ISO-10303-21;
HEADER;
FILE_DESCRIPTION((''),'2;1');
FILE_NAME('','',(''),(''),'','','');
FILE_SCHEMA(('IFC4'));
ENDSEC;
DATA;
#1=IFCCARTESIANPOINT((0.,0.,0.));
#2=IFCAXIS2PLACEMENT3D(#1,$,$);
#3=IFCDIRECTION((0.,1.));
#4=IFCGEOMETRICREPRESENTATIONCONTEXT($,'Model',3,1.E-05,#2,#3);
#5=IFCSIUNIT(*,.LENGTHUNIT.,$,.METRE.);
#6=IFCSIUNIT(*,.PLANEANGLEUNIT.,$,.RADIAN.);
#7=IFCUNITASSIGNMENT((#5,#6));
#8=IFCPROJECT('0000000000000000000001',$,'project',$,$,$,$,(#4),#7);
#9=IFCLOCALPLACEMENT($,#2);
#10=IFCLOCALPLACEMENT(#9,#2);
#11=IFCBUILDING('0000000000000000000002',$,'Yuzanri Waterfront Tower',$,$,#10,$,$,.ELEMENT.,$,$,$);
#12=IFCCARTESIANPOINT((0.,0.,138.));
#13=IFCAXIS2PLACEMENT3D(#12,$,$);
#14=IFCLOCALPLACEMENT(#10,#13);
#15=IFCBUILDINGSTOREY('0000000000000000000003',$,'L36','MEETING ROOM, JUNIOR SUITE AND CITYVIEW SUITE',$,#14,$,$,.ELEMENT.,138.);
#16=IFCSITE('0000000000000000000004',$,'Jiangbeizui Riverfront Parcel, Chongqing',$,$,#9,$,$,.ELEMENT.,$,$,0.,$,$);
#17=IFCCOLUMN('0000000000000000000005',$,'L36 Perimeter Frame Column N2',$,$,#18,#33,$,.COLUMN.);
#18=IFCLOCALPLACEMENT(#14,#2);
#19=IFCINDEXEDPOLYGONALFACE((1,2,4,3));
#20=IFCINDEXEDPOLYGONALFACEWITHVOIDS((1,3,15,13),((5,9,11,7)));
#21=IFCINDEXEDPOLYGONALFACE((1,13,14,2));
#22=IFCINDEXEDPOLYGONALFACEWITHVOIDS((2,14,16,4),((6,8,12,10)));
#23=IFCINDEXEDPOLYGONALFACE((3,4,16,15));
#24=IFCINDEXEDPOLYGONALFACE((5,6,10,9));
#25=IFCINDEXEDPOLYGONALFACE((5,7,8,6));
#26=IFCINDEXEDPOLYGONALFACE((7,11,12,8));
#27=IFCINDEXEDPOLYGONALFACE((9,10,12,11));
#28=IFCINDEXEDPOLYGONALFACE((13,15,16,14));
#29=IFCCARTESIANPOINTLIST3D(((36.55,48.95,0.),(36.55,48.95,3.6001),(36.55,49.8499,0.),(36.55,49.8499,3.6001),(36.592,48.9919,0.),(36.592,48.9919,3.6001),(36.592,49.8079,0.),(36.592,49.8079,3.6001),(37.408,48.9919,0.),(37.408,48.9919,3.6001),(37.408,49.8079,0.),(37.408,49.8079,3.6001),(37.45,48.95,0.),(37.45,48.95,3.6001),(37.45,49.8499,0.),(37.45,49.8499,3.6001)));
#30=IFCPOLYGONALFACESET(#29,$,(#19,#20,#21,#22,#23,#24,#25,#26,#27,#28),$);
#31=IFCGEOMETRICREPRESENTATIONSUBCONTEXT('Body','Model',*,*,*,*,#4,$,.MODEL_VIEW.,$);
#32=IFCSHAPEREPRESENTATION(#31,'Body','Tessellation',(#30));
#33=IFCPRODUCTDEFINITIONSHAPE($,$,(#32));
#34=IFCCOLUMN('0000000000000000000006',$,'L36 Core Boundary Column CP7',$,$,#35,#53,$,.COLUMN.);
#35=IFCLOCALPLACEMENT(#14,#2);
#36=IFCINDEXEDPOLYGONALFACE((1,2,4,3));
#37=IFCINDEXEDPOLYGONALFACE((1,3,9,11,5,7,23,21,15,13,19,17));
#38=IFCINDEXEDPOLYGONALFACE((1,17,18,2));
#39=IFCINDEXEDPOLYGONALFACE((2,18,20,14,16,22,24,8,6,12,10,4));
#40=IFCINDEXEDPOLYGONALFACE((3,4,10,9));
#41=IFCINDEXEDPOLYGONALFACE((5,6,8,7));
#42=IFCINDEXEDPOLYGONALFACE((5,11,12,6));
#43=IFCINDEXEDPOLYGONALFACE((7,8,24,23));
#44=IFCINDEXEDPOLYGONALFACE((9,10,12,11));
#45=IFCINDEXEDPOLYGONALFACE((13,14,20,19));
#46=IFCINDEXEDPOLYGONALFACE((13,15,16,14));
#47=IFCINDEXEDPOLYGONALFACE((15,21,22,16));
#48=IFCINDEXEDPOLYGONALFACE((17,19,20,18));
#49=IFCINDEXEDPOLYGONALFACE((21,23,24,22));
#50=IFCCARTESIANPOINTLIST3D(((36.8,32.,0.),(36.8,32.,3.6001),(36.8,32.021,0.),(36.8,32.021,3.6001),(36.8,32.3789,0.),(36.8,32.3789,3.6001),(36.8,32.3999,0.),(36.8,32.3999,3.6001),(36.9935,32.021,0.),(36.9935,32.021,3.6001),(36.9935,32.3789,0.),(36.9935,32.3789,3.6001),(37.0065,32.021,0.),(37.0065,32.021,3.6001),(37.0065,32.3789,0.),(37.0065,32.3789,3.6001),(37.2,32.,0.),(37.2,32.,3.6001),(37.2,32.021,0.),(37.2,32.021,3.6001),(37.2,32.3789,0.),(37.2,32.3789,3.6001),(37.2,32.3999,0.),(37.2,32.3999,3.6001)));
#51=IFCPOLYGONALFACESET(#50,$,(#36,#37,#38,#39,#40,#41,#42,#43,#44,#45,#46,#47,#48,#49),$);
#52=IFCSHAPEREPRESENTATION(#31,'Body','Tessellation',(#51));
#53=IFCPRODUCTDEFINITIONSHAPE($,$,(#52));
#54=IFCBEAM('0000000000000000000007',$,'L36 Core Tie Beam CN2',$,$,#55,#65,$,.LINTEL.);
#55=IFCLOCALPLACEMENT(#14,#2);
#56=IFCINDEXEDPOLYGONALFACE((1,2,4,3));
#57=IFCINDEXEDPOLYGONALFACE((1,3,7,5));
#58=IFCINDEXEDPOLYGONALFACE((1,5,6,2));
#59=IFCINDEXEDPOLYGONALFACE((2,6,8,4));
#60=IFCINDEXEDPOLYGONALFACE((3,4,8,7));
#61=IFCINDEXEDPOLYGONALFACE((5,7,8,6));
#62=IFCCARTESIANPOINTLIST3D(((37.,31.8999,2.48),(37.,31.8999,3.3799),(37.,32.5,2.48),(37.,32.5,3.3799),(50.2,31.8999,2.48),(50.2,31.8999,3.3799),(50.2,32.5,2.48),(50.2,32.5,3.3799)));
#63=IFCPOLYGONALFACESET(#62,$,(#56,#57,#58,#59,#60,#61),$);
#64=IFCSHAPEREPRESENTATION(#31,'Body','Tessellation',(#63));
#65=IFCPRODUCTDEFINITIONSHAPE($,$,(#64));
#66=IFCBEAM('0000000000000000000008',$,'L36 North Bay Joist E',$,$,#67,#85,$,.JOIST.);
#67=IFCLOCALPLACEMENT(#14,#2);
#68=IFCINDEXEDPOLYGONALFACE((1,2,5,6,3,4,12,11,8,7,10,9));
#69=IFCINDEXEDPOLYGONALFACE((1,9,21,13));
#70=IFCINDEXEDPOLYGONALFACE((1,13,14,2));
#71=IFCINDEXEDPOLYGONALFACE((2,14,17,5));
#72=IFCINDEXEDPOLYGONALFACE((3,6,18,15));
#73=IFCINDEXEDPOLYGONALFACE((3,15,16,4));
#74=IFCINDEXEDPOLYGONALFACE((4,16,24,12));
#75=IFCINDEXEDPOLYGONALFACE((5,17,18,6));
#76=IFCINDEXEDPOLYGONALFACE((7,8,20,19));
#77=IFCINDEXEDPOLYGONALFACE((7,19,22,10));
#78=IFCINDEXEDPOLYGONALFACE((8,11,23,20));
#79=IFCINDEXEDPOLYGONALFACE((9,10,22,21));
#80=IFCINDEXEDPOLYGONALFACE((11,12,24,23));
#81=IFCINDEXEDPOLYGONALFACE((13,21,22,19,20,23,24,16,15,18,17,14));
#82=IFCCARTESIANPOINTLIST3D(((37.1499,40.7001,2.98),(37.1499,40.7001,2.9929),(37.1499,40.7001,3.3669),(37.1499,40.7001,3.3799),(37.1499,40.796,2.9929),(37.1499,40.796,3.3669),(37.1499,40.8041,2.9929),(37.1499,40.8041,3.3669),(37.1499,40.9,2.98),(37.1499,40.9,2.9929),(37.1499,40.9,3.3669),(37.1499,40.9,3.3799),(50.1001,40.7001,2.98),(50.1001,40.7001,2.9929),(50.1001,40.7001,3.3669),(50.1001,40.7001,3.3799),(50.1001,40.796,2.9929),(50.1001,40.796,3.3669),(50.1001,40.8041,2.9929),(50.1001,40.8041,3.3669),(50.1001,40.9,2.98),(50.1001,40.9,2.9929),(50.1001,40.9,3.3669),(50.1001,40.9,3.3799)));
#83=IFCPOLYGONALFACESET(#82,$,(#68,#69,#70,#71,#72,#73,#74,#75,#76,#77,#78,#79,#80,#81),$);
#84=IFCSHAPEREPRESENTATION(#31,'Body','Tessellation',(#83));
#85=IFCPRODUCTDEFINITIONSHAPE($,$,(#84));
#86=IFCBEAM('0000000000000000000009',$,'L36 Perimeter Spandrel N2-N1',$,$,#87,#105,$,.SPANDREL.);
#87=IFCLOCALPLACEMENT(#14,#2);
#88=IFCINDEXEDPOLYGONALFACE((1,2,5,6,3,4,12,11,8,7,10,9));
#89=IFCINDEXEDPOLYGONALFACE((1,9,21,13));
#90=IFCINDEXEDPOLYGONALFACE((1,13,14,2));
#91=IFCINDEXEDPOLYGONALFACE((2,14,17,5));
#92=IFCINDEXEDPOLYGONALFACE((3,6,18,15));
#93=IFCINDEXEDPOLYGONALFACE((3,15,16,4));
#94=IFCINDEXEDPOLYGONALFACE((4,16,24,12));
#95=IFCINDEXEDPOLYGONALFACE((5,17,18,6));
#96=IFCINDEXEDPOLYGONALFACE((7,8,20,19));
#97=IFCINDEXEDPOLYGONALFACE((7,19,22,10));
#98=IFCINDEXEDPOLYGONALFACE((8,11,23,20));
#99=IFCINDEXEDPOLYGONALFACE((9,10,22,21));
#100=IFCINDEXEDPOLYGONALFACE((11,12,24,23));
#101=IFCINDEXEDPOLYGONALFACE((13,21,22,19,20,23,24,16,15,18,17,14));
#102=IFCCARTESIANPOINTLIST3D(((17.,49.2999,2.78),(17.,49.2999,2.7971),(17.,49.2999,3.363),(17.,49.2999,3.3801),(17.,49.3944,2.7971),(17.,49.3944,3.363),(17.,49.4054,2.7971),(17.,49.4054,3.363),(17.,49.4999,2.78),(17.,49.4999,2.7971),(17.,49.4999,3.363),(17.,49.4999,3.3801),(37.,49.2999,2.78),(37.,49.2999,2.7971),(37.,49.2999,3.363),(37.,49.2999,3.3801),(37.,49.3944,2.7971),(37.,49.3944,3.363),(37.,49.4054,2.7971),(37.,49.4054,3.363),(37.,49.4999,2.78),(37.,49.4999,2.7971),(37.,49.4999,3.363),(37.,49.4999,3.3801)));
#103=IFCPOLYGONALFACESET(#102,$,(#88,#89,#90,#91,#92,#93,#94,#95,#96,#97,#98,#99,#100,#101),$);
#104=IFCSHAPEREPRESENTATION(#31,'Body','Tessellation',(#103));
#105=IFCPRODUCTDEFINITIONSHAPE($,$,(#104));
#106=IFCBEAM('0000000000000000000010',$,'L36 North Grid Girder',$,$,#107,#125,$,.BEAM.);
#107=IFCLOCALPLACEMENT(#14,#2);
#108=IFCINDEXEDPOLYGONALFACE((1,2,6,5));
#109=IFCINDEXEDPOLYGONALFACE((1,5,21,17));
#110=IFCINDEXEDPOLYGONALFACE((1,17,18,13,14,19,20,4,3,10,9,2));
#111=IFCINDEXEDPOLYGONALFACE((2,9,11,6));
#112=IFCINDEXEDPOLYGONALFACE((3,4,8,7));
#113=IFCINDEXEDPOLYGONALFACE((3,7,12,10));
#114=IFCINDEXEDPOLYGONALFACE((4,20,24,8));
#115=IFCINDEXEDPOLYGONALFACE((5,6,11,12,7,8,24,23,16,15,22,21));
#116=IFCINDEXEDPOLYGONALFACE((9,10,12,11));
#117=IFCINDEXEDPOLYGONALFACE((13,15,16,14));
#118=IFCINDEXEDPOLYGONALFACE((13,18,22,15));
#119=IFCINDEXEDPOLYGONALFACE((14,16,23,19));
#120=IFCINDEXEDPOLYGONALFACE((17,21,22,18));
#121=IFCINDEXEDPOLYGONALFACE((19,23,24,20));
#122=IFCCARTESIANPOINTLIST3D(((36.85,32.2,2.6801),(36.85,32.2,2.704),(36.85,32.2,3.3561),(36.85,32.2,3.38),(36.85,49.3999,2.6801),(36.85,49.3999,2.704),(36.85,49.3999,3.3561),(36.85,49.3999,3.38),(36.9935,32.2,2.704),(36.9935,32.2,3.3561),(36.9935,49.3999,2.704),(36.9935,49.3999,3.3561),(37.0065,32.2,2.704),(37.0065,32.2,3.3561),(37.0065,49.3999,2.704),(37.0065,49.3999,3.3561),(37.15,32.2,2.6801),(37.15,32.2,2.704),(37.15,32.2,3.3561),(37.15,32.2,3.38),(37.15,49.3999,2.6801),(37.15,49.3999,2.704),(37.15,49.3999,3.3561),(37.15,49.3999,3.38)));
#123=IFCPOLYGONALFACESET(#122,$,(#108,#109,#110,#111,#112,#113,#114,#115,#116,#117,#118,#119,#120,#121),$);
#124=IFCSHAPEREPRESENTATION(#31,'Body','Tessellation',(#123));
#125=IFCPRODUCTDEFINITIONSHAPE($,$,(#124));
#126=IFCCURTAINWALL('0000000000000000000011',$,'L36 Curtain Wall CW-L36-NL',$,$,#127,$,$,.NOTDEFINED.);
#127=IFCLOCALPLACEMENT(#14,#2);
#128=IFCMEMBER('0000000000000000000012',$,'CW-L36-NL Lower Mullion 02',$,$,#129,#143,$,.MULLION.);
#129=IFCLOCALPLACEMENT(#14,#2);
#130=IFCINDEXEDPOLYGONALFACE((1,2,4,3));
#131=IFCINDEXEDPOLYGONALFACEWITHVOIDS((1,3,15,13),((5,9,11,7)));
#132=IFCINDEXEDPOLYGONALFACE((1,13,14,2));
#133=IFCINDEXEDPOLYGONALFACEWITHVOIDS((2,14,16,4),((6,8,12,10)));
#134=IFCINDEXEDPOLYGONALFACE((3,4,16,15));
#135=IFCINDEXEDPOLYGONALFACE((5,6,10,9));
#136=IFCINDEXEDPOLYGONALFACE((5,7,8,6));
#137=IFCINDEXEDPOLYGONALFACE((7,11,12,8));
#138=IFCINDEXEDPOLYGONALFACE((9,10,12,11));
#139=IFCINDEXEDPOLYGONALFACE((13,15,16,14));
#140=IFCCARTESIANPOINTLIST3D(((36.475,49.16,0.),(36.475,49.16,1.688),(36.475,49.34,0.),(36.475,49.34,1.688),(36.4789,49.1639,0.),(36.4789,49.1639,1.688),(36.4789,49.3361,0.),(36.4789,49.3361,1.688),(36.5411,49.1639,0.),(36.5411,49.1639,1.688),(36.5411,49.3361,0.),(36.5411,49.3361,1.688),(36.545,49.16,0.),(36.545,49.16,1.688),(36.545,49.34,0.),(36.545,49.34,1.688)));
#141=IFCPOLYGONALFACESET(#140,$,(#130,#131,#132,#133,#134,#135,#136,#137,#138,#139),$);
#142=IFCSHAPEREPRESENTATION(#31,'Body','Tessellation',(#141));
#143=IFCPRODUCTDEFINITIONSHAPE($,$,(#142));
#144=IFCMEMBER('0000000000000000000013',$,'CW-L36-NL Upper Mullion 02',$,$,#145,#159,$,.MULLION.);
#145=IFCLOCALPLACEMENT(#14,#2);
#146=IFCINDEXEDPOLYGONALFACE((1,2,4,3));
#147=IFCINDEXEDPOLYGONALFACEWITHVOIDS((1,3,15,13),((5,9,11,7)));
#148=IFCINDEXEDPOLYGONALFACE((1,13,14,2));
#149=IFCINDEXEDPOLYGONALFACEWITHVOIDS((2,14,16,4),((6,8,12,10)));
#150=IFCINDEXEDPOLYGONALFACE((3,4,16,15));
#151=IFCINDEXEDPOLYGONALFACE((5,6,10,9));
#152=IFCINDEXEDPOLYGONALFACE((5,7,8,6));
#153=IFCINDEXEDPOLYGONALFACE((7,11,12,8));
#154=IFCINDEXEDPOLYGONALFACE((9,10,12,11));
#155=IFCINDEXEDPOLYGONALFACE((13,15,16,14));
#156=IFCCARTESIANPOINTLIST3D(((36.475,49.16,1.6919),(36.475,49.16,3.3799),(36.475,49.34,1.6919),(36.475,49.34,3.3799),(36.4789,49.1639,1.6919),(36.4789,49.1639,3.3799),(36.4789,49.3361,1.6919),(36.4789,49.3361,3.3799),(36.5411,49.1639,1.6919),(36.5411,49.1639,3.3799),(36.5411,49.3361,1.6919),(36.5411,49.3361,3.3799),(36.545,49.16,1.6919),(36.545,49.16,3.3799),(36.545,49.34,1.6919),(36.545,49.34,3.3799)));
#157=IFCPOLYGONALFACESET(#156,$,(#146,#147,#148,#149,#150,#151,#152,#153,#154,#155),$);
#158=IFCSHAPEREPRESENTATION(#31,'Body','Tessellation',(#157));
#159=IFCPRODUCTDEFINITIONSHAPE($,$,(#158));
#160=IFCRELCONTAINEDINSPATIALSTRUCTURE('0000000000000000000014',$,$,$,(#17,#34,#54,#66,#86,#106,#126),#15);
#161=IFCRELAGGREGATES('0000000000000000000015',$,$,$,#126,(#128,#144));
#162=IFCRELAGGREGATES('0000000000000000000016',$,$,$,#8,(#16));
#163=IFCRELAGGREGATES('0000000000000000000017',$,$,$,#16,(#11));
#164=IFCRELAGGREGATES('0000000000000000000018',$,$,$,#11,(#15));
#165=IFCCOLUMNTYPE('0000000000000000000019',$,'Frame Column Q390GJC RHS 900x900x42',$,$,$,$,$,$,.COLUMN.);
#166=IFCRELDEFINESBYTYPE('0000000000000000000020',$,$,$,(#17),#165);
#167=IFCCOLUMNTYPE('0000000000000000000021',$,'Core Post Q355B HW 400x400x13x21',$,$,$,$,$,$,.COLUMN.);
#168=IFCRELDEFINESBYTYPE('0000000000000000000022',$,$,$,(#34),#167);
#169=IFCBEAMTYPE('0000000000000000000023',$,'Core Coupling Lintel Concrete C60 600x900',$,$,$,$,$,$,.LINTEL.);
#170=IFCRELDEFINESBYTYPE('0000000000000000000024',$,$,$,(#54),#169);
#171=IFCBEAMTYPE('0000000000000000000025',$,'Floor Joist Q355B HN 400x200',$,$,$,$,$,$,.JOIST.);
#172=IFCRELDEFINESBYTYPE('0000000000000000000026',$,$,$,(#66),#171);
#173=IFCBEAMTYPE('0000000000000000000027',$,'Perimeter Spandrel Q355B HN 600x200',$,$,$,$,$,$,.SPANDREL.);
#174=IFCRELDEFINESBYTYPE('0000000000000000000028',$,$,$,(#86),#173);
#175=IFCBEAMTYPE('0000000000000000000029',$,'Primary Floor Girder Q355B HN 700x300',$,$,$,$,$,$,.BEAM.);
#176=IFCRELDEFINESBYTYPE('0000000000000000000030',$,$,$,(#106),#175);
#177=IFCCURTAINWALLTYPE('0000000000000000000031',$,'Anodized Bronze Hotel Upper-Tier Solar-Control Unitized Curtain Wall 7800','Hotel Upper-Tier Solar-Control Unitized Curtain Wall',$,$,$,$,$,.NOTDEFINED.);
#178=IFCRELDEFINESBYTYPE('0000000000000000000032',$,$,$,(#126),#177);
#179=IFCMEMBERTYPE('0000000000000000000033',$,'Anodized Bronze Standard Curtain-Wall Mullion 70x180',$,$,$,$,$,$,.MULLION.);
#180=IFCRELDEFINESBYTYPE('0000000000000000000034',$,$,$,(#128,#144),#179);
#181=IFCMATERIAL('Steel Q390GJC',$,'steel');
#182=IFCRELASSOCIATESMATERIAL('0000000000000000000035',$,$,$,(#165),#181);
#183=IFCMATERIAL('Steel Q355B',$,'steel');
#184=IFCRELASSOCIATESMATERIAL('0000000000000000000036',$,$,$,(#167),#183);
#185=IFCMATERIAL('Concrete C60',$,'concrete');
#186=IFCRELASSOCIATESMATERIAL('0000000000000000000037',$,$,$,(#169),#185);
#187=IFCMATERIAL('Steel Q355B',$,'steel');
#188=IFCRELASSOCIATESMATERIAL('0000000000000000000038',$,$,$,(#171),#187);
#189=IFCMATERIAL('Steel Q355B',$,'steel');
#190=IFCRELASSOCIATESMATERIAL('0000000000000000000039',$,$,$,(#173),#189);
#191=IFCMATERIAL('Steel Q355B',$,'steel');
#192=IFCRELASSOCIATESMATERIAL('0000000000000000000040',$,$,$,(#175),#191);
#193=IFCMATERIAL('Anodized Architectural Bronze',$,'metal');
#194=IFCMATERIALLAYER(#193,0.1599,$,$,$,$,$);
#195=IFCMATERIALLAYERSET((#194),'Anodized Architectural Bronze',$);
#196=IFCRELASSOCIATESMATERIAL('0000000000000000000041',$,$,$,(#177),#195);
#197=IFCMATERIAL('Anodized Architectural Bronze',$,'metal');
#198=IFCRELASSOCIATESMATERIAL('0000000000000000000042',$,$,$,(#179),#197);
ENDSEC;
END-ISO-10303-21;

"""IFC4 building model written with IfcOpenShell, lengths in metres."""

from ifc_helpers import new_model, si_unit, direction, frame, origin, origin_2d, place, context, subcontext, project, spatial, rectangle, hollow_rectangle, i_section, extrude, source, transform, mapped, material, layer, layer_set, material_profile, profile_set, type_object, element, aggregate, save


model = new_model("IFC4")

# Units and contexts
model_context = context("Model", 3, precision=1e-05, world=origin(), true_north=direction((0.0, 1.0)))
body_context = subcontext(model_context, "Body", "Model", "MODEL_VIEW")
ifc_project = project(units=[si_unit("LENGTHUNIT", "METRE"), si_unit("PLANEANGLEUNIT", "RADIAN")], contexts=[model_context])

# Site, building, storey
site_placement = place(None, origin())
site = spatial("IfcSite", under=ifc_project, at=site_placement, Name="Jiangbeizui Riverfront Parcel, Chongqing", CompositionType="ELEMENT", RefElevation=0.0)
building_placement = place(site_placement, origin())
building = spatial("IfcBuilding", under=site, at=building_placement, Name="Yuzanri Waterfront Tower", CompositionType="ELEMENT")
storey_placement = place(building_placement, frame((0.0, 0.0, 138.0)))
storey = spatial("IfcBuildingStorey", under=building, at=storey_placement, Name="L36", Description="MEETING ROOM, JUNIOR SUITE AND CITYVIEW SUITE", CompositionType="ELEMENT", Elevation=138.0)

# Columns
ifc_material_1 = material(Name="Steel Q390GJC", Category="steel")
ifc_material_profile_1 = material_profile(ifc_material_1, hollow_rectangle(XDim=0.8999, YDim=0.8999, WallThickness=0.042, at=origin_2d()), Name="RHS 900x900x42")
ifc_profile_set_1 = profile_set([ifc_material_profile_1], Name="Steel Q390GJC")
column_type_1 = type_object("IfcColumnType", Name="Frame Column Q390GJC RHS 900x900x42", PredefinedType="COLUMN", material=ifc_profile_set_1)
shared_shape_1 = source(origin(), body_context, "Body", "SweptSolid", [
    extrude(hollow_rectangle(XDim=0.8999, YDim=0.8999, WallThickness=0.042, at=origin_2d()), origin(), (0.0, 0.0, 1.0), 3.6001),
])
column_1_placement = place(storey_placement, frame((37.0, 49.3999, 0.0), z_axis=(0.0, 0.0, 1.0), x_axis=(1.0, 0.0, 0.0)))
element("IfcColumn", 1, at=column_1_placement, inside=storey, type_object=column_type_1, Name="L36 Perimeter Frame Column N2", PredefinedType="COLUMN", context=body_context, shape_type="MappedRepresentation", body=[
    mapped(shared_shape_1, transform((0.0, 0.0, 0.0), scale=1.0)),
])
ifc_material_2 = material(Name="Steel Q355B", Category="steel")
ifc_material_profile_2 = material_profile(ifc_material_2, i_section(OverallWidth=0.3999, OverallDepth=0.3999, WebThickness=0.0129, FlangeThickness=0.021, at=origin_2d()), Name="HW 400x400x13x21")
ifc_profile_set_2 = profile_set([ifc_material_profile_2], Name="Steel Q355B")
column_type_2 = type_object("IfcColumnType", Name="Core Post Q355B HW 400x400x13x21", PredefinedType="COLUMN", material=ifc_profile_set_2)
shared_shape_2 = source(origin(), body_context, "Body", "SweptSolid", [
    extrude(i_section(OverallWidth=0.3999, OverallDepth=0.3999, WebThickness=0.0129, FlangeThickness=0.021, at=origin_2d()), origin(), (0.0, 0.0, 1.0), 3.6001),
])
column_2_placement = place(storey_placement, frame((37.0, 32.2, 0.0), z_axis=(0.0, 0.0, 1.0), x_axis=(1.0, 0.0, 0.0)))
element("IfcColumn", 2, at=column_2_placement, inside=storey, type_object=column_type_2, Name="L36 Core Boundary Column CP7", PredefinedType="COLUMN", context=body_context, shape_type="MappedRepresentation", body=[
    mapped(shared_shape_2, transform((0.0, 0.0, 0.0), scale=1.0)),
])

# Beams
ifc_material_3 = material(Name="Concrete C60", Category="concrete")
ifc_material_profile_3 = material_profile(ifc_material_3, rectangle(XDim=0.6001, YDim=0.8999, at=origin_2d()), Name="RC 600x900")
ifc_profile_set_3 = profile_set([ifc_material_profile_3], Name="Concrete C60")
beam_type_1 = type_object("IfcBeamType", Name="Core Coupling Lintel Concrete C60 600x900", PredefinedType="LINTEL", material=ifc_profile_set_3)
shared_shape_3 = source(origin(), body_context, "Body", "SweptSolid", [
    extrude(rectangle(XDim=0.6001, YDim=0.8999, at=origin_2d()), origin(), (0.0, 0.0, 1.0), 13.2),
])
beam_1_placement = place(storey_placement, frame((37.0, 32.2, 2.9299), z_axis=(1.0, 0.0, 0.0), x_axis=(0.0, 1.0, 0.0)))
element("IfcBeam", 3, at=beam_1_placement, inside=storey, type_object=beam_type_1, Name="L36 Core Tie Beam CN2", PredefinedType="LINTEL", context=body_context, shape_type="MappedRepresentation", body=[
    mapped(shared_shape_3, transform((0.0, 0.0, 0.0), scale=1.0)),
])
ifc_material_4 = material(Name="Steel Q355B", Category="steel")
ifc_material_profile_4 = material_profile(ifc_material_4, i_section(OverallWidth=0.2, OverallDepth=0.3999, WebThickness=0.0081, FlangeThickness=0.0129, at=origin_2d()), Name="HN 400x200x8x13")
ifc_profile_set_4 = profile_set([ifc_material_profile_4], Name="Steel Q355B")
beam_type_2 = type_object("IfcBeamType", Name="Floor Joist Q355B HN 400x200", PredefinedType="JOIST", material=ifc_profile_set_4)
shared_shape_4 = source(origin(), body_context, "Body", "SweptSolid", [
    extrude(i_section(OverallWidth=0.2, OverallDepth=0.3999, WebThickness=0.0081, FlangeThickness=0.0129, at=origin_2d()), origin(), (0.0, 0.0, 1.0), 12.9502),
])
beam_2_placement = place(storey_placement, frame((37.1499, 40.8, 3.1799), z_axis=(1.0, 0.0, 0.0), x_axis=(0.0, 1.0, 0.0)))
element("IfcBeam", 4, at=beam_2_placement, inside=storey, type_object=beam_type_2, Name="L36 North Bay Joist E", PredefinedType="JOIST", context=body_context, shape_type="MappedRepresentation", body=[
    mapped(shared_shape_4, transform((0.0, 0.0, 0.0), scale=1.0)),
])
ifc_material_5 = material(Name="Steel Q355B", Category="steel")
ifc_material_profile_5 = material_profile(ifc_material_5, i_section(OverallWidth=0.2, OverallDepth=0.6001, WebThickness=0.011, FlangeThickness=0.0171, at=origin_2d()), Name="HN 600x200x11x17")
ifc_profile_set_5 = profile_set([ifc_material_profile_5], Name="Steel Q355B")
beam_type_3 = type_object("IfcBeamType", Name="Perimeter Spandrel Q355B HN 600x200", PredefinedType="SPANDREL", material=ifc_profile_set_5)
shared_shape_5 = source(origin(), body_context, "Body", "SweptSolid", [
    extrude(i_section(OverallWidth=0.2, OverallDepth=0.6001, WebThickness=0.011, FlangeThickness=0.0171, at=origin_2d()), origin(), (0.0, 0.0, 1.0), 20.0),
])
beam_3_placement = place(storey_placement, frame((37.0, 49.3999, 3.0801), z_axis=(-1.0, 0.0, 0.0), x_axis=(0.0, -1.0, 0.0)))
element("IfcBeam", 5, at=beam_3_placement, inside=storey, type_object=beam_type_3, Name="L36 Perimeter Spandrel N2-N1", PredefinedType="SPANDREL", context=body_context, shape_type="MappedRepresentation", body=[
    mapped(shared_shape_5, transform((0.0, 0.0, 0.0), scale=1.0)),
])
ifc_material_6 = material(Name="Steel Q355B", Category="steel")
ifc_material_profile_6 = material_profile(ifc_material_6, i_section(OverallWidth=0.3, OverallDepth=0.7, WebThickness=0.0129, FlangeThickness=0.0239, at=origin_2d()), Name="HN 700x300x13x24")
ifc_profile_set_6 = profile_set([ifc_material_profile_6], Name="Steel Q355B")
beam_type_4 = type_object("IfcBeamType", Name="Primary Floor Girder Q355B HN 700x300", PredefinedType="BEAM", material=ifc_profile_set_6)
shared_shape_6 = source(origin(), body_context, "Body", "SweptSolid", [
    extrude(i_section(OverallWidth=0.3, OverallDepth=0.7, WebThickness=0.0129, FlangeThickness=0.0239, at=origin_2d()), origin(), (0.0, 0.0, 1.0), 17.2),
])
beam_4_placement = place(storey_placement, frame((37.0, 32.2, 3.03), z_axis=(0.0, 1.0, 0.0), x_axis=(-1.0, 0.0, 0.0)))
element("IfcBeam", 6, at=beam_4_placement, inside=storey, type_object=beam_type_4, Name="L36 North Grid Girder", PredefinedType="BEAM", context=body_context, shape_type="MappedRepresentation", body=[
    mapped(shared_shape_6, transform((0.0, 0.0, 0.0), scale=1.0)),
])

# Curtain wall, members
ifc_material_7 = material(Name="Anodized Architectural Bronze", Category="metal")
ifc_layer_1 = layer(ifc_material_7, 0.1599)
ifc_layer_set_1 = layer_set([ifc_layer_1], Name="Anodized Architectural Bronze")
curtain_wall_type = type_object("IfcCurtainWallType", Name="Anodized Bronze Hotel Upper-Tier Solar-Control Unitized Curtain Wall 7800", Description="Hotel Upper-Tier Solar-Control Unitized Curtain Wall", PredefinedType="NOTDEFINED", material=ifc_layer_set_1)
curtain_wall_1_placement = place(storey_placement, origin())
curtain_wall_1 = element("IfcCurtainWall", 7, at=curtain_wall_1_placement, inside=storey, type_object=curtain_wall_type, Name="L36 Curtain Wall CW-L36-NL", PredefinedType="NOTDEFINED")
ifc_material_8 = material(Name="Anodized Architectural Bronze", Category="metal")
ifc_material_profile_7 = material_profile(ifc_material_8, hollow_rectangle(XDim=0.0701, YDim=0.1799, WallThickness=0.0039, at=origin_2d()), Name="CWM 70x180")
ifc_profile_set_7 = profile_set([ifc_material_profile_7], Name="Anodized Architectural Bronze")
member_type_1 = type_object("IfcMemberType", Name="Anodized Bronze Standard Curtain-Wall Mullion 70x180", PredefinedType="MULLION", material=ifc_profile_set_7)
shared_shape_7 = source(origin(), body_context, "Body", "SweptSolid", [
    extrude(hollow_rectangle(XDim=0.0701, YDim=0.1799, WallThickness=0.0039, at=origin_2d()), origin(), (0.0, 0.0, 1.0), 1.688),
])
member_1_placement = place(storey_placement, frame((36.51, 49.25, 0.0), z_axis=(0.0, 0.0, 1.0), x_axis=(1.0, 0.0, 0.0)))
member_1 = element("IfcMember", 8, at=member_1_placement, type_object=member_type_1, Name="CW-L36-NL Lower Mullion 02", PredefinedType="MULLION", context=body_context, shape_type="MappedRepresentation", body=[
    mapped(shared_shape_7, transform((0.0, 0.0, 0.0), scale=1.0)),
])
member_2_placement = place(storey_placement, frame((36.51, 49.25, 1.6919), z_axis=(0.0, 0.0, 1.0), x_axis=(1.0, 0.0, 0.0)))
member_2 = element("IfcMember", 9, at=member_2_placement, type_object=member_type_1, Name="CW-L36-NL Upper Mullion 02", PredefinedType="MULLION", context=body_context, shape_type="MappedRepresentation", body=[
    mapped(shared_shape_7, transform((0.0, 0.0, 0.0), scale=1.0)),
])
aggregate(curtain_wall_1, [member_1, member_2])

save(model, "model.ifc")
